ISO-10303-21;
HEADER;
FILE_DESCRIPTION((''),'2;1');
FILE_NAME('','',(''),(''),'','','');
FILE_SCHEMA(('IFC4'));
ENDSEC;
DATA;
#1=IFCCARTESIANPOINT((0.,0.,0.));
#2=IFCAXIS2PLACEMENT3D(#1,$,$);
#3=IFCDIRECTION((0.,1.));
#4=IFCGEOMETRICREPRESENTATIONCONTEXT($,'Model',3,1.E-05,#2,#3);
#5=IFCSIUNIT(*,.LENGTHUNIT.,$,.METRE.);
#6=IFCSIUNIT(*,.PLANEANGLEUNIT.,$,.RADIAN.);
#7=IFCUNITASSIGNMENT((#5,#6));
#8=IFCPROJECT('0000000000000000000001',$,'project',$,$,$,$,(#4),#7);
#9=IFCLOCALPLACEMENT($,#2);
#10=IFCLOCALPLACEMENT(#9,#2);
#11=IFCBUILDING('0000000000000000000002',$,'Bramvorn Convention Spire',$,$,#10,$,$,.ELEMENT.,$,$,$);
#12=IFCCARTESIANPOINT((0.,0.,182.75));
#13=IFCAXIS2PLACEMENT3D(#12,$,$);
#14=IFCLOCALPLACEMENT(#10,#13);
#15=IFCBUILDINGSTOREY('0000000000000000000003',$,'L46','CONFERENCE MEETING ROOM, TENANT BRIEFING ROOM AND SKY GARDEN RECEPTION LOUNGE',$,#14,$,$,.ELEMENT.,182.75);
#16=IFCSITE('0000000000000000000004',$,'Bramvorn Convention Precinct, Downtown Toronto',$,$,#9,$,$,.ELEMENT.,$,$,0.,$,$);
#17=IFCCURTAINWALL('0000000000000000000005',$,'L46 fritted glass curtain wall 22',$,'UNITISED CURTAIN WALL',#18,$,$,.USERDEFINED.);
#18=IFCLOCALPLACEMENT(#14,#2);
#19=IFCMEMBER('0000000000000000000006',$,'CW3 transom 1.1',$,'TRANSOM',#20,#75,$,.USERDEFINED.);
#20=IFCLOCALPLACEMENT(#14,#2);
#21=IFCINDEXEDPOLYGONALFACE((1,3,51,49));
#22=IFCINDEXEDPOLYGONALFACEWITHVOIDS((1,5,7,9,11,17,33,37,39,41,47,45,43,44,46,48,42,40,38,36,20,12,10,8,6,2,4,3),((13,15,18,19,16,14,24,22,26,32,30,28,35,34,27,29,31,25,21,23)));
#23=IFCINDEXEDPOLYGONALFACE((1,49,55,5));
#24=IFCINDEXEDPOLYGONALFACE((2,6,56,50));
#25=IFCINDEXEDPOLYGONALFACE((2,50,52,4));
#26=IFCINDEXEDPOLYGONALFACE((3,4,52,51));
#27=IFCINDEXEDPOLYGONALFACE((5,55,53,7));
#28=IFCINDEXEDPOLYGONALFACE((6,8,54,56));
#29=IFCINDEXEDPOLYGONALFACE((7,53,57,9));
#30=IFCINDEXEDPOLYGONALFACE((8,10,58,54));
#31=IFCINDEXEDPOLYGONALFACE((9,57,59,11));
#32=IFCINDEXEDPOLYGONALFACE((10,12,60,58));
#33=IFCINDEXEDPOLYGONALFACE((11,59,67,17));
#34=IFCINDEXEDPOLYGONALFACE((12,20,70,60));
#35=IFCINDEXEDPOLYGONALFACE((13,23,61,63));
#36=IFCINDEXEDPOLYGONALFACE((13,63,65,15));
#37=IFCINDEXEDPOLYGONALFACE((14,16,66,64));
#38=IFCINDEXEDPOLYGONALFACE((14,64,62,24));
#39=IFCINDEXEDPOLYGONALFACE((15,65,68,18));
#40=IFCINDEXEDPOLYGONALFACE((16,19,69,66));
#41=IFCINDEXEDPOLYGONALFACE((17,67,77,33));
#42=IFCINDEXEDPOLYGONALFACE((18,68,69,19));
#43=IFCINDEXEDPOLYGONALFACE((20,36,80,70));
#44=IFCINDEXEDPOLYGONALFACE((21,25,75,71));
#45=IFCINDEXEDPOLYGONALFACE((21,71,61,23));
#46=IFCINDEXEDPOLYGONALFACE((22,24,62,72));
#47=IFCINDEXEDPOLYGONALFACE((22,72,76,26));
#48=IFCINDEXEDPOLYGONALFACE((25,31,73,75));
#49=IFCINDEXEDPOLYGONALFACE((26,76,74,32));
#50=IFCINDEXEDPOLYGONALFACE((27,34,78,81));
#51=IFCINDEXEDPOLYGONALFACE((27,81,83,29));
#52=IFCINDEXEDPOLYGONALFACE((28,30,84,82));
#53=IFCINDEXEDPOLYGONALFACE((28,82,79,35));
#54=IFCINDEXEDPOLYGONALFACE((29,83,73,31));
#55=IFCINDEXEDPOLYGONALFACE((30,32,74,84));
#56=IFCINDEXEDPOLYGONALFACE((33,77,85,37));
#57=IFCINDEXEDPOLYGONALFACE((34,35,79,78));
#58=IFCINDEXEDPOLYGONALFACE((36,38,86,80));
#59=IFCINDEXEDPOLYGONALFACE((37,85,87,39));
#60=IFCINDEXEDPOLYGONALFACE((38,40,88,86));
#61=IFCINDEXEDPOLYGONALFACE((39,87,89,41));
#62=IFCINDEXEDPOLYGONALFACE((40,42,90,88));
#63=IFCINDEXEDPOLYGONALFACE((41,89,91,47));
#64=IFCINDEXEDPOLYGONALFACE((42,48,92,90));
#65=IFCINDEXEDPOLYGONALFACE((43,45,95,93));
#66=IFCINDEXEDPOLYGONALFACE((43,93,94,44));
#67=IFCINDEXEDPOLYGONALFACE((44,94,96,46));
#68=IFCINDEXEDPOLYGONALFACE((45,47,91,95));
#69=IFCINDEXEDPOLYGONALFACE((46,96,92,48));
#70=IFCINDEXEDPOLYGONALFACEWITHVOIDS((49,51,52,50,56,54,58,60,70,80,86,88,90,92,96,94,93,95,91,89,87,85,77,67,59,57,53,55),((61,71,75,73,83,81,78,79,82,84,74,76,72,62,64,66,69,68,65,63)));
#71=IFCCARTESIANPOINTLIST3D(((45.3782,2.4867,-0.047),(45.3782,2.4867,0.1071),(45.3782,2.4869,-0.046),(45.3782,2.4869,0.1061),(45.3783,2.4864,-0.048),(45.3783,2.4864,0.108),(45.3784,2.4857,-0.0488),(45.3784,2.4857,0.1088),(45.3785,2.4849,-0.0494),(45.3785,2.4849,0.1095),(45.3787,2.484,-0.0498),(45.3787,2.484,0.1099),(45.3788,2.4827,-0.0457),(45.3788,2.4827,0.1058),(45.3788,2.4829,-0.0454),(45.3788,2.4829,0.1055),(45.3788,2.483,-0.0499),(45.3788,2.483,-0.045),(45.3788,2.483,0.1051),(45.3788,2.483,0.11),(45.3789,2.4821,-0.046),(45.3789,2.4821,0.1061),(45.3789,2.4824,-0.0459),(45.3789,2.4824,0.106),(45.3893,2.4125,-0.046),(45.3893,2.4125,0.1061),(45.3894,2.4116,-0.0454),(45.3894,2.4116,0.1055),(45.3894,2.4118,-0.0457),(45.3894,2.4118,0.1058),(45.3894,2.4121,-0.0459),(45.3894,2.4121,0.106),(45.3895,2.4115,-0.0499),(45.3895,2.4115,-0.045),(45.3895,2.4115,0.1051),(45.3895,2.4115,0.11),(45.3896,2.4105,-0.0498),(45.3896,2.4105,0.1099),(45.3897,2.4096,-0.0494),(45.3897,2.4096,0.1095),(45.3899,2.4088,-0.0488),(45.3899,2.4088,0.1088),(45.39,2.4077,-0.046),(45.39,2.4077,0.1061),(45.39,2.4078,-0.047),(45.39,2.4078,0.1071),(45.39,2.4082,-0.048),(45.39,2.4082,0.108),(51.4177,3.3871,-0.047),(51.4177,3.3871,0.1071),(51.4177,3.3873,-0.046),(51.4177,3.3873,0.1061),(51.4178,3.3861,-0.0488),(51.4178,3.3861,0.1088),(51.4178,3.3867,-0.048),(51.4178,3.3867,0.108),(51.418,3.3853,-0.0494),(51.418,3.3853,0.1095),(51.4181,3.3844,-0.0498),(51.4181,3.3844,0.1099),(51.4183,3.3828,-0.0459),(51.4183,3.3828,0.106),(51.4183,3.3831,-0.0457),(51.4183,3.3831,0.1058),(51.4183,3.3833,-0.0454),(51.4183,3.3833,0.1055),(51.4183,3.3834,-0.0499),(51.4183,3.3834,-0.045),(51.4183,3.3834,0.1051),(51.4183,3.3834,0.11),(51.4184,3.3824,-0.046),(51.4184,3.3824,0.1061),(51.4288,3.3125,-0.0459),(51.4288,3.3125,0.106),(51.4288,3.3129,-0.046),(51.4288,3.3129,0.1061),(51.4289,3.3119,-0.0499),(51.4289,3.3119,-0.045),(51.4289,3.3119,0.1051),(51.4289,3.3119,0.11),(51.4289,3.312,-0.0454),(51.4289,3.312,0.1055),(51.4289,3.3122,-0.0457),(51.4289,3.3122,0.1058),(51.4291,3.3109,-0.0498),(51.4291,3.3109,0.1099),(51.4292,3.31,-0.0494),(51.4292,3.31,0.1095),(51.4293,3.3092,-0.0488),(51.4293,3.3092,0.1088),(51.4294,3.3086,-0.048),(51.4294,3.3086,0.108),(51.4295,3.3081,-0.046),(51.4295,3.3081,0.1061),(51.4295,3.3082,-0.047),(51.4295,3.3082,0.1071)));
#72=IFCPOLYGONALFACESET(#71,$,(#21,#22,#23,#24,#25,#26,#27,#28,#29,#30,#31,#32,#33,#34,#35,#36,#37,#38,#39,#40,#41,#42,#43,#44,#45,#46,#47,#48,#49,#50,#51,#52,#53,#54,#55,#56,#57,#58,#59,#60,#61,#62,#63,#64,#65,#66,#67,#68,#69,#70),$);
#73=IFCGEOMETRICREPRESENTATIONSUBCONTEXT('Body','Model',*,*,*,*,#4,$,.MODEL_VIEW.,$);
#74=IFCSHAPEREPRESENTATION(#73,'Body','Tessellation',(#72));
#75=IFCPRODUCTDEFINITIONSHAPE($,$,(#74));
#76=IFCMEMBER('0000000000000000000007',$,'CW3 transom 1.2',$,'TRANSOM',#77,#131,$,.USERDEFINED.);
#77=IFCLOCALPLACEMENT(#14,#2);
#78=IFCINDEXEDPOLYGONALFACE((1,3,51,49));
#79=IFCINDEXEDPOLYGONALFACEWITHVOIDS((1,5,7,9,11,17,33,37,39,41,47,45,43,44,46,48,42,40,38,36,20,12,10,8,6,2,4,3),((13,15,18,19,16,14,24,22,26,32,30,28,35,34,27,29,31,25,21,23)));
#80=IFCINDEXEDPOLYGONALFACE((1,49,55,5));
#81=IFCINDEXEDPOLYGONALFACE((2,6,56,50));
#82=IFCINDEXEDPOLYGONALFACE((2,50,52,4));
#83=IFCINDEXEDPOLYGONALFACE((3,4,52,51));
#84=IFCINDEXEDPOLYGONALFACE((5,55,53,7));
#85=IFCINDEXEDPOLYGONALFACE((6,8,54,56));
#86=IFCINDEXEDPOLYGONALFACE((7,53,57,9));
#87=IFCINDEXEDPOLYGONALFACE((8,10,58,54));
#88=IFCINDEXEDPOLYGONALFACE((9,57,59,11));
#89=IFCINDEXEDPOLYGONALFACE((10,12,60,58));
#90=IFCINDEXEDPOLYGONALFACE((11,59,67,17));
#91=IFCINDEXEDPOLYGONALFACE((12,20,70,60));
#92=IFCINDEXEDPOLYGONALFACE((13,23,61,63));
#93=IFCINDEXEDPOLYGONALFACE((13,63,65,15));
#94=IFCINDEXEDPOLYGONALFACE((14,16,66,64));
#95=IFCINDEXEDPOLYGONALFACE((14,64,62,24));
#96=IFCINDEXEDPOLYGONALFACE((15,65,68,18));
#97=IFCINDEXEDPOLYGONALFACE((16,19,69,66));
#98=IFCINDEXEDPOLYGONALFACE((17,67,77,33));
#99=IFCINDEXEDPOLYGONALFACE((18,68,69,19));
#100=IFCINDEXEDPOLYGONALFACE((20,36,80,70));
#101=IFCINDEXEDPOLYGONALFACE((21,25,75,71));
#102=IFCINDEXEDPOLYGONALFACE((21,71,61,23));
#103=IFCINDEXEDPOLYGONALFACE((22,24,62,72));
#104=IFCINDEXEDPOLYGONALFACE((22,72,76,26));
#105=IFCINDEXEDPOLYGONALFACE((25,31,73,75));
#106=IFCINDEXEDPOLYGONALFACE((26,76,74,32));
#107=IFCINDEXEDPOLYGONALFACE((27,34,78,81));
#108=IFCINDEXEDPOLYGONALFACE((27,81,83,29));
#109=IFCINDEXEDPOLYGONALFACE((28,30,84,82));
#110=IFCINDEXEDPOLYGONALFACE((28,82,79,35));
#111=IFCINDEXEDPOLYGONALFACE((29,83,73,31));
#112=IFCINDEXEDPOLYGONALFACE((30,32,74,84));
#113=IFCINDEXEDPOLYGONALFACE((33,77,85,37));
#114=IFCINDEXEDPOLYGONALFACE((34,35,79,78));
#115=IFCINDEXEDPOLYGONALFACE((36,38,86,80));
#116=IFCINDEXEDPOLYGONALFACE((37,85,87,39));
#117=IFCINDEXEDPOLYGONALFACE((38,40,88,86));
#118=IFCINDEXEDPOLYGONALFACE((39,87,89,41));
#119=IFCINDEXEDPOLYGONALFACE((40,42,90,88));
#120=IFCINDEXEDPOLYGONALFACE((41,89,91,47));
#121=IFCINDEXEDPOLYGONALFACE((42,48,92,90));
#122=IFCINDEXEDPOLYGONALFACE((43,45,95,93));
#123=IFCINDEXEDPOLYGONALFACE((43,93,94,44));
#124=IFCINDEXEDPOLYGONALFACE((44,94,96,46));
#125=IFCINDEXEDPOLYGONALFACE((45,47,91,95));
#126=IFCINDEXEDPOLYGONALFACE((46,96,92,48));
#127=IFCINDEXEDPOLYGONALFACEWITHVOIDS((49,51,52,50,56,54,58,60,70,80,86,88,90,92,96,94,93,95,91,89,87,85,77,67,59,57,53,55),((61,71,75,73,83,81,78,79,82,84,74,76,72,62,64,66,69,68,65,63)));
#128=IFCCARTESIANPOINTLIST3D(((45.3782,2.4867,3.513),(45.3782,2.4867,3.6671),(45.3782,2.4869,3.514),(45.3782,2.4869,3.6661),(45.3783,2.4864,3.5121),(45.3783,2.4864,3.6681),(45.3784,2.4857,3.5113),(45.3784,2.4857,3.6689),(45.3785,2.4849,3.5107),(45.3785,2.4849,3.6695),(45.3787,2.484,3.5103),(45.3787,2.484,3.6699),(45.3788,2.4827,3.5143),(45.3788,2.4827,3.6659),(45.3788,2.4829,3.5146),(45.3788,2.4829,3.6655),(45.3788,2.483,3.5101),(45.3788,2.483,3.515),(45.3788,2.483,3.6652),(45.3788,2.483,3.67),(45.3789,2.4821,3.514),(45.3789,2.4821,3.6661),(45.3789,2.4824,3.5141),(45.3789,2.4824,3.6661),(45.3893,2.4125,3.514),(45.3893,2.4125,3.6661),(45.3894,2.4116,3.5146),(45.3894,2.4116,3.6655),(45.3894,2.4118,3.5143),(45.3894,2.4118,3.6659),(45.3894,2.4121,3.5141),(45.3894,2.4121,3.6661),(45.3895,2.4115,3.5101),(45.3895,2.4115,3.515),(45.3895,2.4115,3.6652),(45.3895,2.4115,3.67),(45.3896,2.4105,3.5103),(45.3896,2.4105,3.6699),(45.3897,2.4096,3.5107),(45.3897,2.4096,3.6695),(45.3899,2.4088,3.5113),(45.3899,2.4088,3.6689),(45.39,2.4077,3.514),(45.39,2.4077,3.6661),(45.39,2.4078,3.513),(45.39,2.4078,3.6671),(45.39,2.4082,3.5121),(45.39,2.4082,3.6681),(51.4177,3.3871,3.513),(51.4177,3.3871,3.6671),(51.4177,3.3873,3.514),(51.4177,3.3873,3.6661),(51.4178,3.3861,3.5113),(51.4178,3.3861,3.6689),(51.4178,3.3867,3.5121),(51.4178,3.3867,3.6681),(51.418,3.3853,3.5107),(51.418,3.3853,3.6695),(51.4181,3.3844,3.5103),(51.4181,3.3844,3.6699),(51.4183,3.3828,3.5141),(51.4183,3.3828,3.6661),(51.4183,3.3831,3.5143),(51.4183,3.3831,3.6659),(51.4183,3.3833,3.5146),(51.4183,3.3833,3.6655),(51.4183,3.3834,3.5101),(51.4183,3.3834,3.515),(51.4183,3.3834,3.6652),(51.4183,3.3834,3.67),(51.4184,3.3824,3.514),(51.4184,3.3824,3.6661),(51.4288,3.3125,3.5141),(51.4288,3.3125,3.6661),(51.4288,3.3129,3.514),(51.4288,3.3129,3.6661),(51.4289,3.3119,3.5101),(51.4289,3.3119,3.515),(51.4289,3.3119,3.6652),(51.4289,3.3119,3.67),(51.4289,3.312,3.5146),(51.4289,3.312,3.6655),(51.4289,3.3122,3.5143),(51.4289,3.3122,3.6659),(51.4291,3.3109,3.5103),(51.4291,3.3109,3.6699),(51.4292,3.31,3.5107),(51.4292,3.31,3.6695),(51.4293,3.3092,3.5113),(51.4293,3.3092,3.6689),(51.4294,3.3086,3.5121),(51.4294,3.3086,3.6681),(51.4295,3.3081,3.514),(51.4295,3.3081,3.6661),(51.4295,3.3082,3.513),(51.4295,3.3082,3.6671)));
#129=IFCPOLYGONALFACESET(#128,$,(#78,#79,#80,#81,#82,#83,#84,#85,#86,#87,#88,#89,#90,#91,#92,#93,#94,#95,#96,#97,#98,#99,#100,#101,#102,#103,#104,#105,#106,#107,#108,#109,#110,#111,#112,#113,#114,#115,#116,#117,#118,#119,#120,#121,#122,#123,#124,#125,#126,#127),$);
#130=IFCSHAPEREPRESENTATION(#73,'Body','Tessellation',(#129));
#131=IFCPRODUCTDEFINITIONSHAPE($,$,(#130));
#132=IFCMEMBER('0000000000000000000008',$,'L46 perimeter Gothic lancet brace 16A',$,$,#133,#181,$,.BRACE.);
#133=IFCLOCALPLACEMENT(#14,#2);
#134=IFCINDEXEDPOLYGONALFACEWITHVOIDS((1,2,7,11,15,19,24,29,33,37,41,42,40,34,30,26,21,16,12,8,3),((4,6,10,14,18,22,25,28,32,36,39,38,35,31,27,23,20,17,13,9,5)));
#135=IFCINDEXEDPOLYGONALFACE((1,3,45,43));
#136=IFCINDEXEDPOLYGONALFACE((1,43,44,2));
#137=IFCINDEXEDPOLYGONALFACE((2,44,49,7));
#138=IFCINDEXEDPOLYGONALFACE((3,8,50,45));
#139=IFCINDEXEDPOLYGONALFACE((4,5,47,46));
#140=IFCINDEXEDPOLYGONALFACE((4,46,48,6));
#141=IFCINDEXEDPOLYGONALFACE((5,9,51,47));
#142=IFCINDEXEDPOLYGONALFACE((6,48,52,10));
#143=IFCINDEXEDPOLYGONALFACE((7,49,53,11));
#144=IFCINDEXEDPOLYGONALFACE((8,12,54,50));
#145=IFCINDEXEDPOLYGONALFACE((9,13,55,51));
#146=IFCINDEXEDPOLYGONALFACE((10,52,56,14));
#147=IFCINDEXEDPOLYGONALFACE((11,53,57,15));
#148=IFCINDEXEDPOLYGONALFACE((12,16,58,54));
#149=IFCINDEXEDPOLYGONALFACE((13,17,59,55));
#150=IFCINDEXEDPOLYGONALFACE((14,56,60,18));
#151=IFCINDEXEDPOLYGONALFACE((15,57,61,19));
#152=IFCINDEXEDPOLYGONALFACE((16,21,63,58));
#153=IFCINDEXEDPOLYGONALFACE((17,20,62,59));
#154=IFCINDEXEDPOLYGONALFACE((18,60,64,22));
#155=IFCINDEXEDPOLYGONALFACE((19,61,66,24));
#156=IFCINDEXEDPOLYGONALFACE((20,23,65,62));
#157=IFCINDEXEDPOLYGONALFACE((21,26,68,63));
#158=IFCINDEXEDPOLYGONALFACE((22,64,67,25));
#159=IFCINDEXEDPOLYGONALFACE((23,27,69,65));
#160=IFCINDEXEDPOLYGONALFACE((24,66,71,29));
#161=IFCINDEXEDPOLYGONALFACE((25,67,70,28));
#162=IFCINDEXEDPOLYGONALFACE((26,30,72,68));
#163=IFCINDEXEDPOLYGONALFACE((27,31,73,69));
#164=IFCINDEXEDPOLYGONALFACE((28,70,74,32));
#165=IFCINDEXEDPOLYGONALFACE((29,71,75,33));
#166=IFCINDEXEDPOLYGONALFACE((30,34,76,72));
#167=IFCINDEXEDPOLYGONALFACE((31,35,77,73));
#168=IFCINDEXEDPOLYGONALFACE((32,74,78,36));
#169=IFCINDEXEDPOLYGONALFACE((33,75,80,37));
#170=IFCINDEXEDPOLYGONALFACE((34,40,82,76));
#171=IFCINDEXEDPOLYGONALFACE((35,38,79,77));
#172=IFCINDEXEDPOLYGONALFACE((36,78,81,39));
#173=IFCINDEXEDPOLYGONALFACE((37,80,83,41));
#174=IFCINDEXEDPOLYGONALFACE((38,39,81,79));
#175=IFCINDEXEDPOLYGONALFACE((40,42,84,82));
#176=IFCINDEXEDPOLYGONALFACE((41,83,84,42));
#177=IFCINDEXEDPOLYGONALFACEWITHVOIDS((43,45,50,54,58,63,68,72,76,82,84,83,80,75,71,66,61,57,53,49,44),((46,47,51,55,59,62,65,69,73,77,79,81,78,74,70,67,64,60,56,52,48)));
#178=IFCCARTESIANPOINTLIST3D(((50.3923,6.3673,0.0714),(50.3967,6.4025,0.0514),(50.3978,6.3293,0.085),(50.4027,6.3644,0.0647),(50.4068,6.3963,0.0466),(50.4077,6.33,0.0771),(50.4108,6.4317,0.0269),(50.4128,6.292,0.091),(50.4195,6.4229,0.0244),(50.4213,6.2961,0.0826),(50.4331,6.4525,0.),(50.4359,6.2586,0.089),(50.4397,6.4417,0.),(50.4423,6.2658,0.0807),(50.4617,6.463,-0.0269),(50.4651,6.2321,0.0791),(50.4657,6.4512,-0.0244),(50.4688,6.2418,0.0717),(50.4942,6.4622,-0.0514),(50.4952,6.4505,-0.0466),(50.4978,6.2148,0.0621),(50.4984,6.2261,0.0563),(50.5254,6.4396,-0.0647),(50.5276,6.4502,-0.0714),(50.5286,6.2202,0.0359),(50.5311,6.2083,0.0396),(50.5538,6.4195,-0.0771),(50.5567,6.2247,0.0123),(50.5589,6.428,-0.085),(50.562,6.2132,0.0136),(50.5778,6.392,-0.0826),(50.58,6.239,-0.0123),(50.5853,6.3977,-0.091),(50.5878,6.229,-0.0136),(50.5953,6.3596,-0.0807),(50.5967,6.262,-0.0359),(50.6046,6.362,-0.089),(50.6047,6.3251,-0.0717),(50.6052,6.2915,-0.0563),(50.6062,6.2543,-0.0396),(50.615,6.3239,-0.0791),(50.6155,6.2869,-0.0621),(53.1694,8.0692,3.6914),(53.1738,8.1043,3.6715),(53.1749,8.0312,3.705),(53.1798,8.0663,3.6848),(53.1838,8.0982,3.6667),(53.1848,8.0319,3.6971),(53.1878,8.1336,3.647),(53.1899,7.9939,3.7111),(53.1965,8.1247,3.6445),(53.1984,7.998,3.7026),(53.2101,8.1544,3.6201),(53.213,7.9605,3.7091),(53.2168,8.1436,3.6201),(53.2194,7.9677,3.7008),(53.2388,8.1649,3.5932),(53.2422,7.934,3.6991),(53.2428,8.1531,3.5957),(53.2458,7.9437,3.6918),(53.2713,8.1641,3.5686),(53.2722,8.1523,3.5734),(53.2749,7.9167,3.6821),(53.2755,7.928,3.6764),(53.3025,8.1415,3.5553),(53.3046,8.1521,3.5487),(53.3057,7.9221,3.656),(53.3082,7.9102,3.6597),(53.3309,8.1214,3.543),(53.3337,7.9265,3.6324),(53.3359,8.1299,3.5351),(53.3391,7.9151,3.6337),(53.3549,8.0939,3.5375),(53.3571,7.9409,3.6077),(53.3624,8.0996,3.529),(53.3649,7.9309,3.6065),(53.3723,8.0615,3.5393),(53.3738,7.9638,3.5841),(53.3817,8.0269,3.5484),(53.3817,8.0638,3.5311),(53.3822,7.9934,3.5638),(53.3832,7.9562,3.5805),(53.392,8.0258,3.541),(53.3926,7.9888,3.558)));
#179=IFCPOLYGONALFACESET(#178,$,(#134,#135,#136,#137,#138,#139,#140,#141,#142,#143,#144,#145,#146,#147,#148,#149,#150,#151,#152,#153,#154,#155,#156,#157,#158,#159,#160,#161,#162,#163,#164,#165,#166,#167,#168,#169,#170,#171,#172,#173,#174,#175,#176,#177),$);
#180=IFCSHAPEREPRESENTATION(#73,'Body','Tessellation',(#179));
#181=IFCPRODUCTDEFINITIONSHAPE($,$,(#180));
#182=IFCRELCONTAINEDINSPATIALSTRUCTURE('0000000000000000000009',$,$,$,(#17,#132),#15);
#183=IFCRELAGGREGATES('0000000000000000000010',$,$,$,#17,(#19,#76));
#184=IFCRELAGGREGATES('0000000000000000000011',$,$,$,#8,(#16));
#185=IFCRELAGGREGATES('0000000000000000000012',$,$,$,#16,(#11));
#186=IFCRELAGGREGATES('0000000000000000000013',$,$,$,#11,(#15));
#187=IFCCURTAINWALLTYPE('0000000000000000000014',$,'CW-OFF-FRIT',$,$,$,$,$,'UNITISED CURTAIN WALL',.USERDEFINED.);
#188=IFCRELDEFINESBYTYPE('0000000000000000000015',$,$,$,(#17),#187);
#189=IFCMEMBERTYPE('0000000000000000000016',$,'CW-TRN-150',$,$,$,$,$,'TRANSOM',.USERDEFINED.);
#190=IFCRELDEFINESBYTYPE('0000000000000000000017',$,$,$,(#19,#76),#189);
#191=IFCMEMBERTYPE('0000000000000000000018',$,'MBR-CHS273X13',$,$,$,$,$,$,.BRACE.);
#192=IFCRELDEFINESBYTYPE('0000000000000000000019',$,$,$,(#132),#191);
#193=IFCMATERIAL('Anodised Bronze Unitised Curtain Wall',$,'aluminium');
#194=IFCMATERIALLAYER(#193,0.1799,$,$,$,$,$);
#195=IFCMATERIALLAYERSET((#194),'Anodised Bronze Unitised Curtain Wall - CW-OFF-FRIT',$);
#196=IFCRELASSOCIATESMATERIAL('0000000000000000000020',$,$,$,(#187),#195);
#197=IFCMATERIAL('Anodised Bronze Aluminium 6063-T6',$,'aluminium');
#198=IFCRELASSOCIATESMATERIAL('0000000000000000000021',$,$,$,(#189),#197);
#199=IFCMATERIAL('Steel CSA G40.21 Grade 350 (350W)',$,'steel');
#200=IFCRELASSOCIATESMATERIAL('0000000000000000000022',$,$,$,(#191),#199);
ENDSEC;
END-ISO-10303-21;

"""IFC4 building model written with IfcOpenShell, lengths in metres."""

from ifc_helpers import new_model, si_unit, direction, frame, origin, origin_2d, place, context, subcontext, project, spatial, hollow_rectangle, hollow_circle, extrude, material, layer, layer_set, material_profile, profile_set, type_object, element, aggregate, save


model = new_model("IFC4")

# Units and contexts
model_context = context("Model", 3, precision=1e-05, world=origin(), true_north=direction((0.0, 1.0)))
body_context = subcontext(model_context, "Body", "Model", "MODEL_VIEW")
ifc_project = project(units=[si_unit("LENGTHUNIT", "METRE"), si_unit("PLANEANGLEUNIT", "RADIAN")], contexts=[model_context])

# Site, building, storey
site_placement = place(None, origin())
site = spatial("IfcSite", under=ifc_project, at=site_placement, Name="Bramvorn Convention Precinct, Downtown Toronto", CompositionType="ELEMENT", RefElevation=0.0)
building_placement = place(site_placement, origin())
building = spatial("IfcBuilding", under=site, at=building_placement, Name="Bramvorn Convention Spire", CompositionType="ELEMENT")
storey_placement = place(building_placement, frame((0.0, 0.0, 182.75)))
storey = spatial("IfcBuildingStorey", under=building, at=storey_placement, Name="L46", Description="CONFERENCE MEETING ROOM, TENANT BRIEFING ROOM AND SKY GARDEN RECEPTION LOUNGE", CompositionType="ELEMENT", Elevation=182.75)

# Shared definitions
ifc_material_1 = material(Name="Steel CSA G40.21 Grade 350 (350W)", Category="steel")

# Shared definitions
ifc_material_2 = material(Name="Anodised Bronze Unitised Curtain Wall", Category="aluminium")
ifc_layer_1 = layer(ifc_material_2, 0.1799)
ifc_layer_set_1 = layer_set([ifc_layer_1], Name="Anodised Bronze Unitised Curtain Wall - CW-OFF-FRIT")
curtain_wall_type = type_object("IfcCurtainWallType", Name="CW-OFF-FRIT", ElementType="UNITISED CURTAIN WALL", PredefinedType="USERDEFINED", material=ifc_layer_set_1)
ifc_material_3 = material(Name="Anodised Bronze Aluminium 6063-T6", Category="aluminium")

# Curtain wall, members
curtain_wall_1_placement = place(storey_placement, origin())
curtain_wall_1 = element("IfcCurtainWall", 1, at=curtain_wall_1_placement, inside=storey, type_object=curtain_wall_type, Name="L46 fritted glass curtain wall 22", ObjectType="UNITISED CURTAIN WALL", PredefinedType="USERDEFINED")
ifc_material_profile_1 = material_profile(ifc_material_3, hollow_rectangle(XDim=0.0801, YDim=0.1599, WallThickness=0.0039, InnerFilletRadius=0.001, OuterFilletRadius=0.0039, at=origin_2d()))
ifc_profile_set_1 = profile_set([ifc_material_profile_1], Name="Anodised Bronze Aluminium 6063-T6 - CWT80X160")
member_type_1 = type_object("IfcMemberType", Name="CW-TRN-150", ElementType="TRANSOM", PredefinedType="USERDEFINED", material=ifc_profile_set_1)
member_1_placement = place(storey_placement, frame((51.4236, 3.3477, 0.03), z_axis=(-0.989069, -0.147453, 0.0), x_axis=(0.147453, -0.989069, 0.0)))
member_1 = element("IfcMember", 2, at=member_1_placement, type_object=member_type_1, Name="CW3 transom 1.1", ObjectType="TRANSOM", PredefinedType="USERDEFINED", context=body_context, shape_type="SweptSolid", body=[
    extrude(hollow_rectangle(XDim=0.0801, YDim=0.1599, WallThickness=0.0039, InnerFilletRadius=0.001, OuterFilletRadius=0.0039, at=origin_2d()), origin(), (0.0, 0.0, 1.0), 6.1062),
])
member_2_placement = place(storey_placement, frame((51.4236, 3.3477, 3.5901), z_axis=(-0.989069, -0.147453, 0.0), x_axis=(0.147453, -0.989069, 0.0)))
member_2 = element("IfcMember", 3, at=member_2_placement, type_object=member_type_1, Name="CW3 transom 1.2", ObjectType="TRANSOM", PredefinedType="USERDEFINED", context=body_context, shape_type="SweptSolid", body=[
    extrude(hollow_rectangle(XDim=0.0801, YDim=0.1599, WallThickness=0.0039, InnerFilletRadius=0.001, OuterFilletRadius=0.0039, at=origin_2d()), origin(), (0.0, 0.0, 1.0), 6.1062),
])

# Member
ifc_material_profile_2 = material_profile(ifc_material_1, hollow_circle(Radius=0.1365, WallThickness=0.0127, at=origin_2d()))
ifc_profile_set_2 = profile_set([ifc_material_profile_2], Name="Steel CSA G40.21 Grade 350 (350W) - CHS273X13")
member_type_2 = type_object("IfcMemberType", Name="MBR-CHS273X13", PredefinedType="BRACE", material=ifc_profile_set_2)
for number, where, z_axis, x_axis, name in (
    (4, (50.5044, 6.3362, 0.0), (0.570281, 0.349488, 0.743396), (-0.52252, 0.852627, 0.0), "L46 perimeter Gothic lancet brace 16A"),
):
    element("IfcMember", number, at=place(storey_placement, frame(where, z_axis=z_axis, x_axis=x_axis)), inside=storey, type_object=member_type_2, Name=name, PredefinedType="BRACE", context=body_context, shape_type="SweptSolid", body=[
        extrude(hollow_circle(Radius=0.1365, WallThickness=0.0127, at=origin_2d()), origin(), (0.0, 0.0, 1.0), 4.8696),
    ])

aggregate(curtain_wall_1, [member_1, member_2])

save(model, "model.ifc")
